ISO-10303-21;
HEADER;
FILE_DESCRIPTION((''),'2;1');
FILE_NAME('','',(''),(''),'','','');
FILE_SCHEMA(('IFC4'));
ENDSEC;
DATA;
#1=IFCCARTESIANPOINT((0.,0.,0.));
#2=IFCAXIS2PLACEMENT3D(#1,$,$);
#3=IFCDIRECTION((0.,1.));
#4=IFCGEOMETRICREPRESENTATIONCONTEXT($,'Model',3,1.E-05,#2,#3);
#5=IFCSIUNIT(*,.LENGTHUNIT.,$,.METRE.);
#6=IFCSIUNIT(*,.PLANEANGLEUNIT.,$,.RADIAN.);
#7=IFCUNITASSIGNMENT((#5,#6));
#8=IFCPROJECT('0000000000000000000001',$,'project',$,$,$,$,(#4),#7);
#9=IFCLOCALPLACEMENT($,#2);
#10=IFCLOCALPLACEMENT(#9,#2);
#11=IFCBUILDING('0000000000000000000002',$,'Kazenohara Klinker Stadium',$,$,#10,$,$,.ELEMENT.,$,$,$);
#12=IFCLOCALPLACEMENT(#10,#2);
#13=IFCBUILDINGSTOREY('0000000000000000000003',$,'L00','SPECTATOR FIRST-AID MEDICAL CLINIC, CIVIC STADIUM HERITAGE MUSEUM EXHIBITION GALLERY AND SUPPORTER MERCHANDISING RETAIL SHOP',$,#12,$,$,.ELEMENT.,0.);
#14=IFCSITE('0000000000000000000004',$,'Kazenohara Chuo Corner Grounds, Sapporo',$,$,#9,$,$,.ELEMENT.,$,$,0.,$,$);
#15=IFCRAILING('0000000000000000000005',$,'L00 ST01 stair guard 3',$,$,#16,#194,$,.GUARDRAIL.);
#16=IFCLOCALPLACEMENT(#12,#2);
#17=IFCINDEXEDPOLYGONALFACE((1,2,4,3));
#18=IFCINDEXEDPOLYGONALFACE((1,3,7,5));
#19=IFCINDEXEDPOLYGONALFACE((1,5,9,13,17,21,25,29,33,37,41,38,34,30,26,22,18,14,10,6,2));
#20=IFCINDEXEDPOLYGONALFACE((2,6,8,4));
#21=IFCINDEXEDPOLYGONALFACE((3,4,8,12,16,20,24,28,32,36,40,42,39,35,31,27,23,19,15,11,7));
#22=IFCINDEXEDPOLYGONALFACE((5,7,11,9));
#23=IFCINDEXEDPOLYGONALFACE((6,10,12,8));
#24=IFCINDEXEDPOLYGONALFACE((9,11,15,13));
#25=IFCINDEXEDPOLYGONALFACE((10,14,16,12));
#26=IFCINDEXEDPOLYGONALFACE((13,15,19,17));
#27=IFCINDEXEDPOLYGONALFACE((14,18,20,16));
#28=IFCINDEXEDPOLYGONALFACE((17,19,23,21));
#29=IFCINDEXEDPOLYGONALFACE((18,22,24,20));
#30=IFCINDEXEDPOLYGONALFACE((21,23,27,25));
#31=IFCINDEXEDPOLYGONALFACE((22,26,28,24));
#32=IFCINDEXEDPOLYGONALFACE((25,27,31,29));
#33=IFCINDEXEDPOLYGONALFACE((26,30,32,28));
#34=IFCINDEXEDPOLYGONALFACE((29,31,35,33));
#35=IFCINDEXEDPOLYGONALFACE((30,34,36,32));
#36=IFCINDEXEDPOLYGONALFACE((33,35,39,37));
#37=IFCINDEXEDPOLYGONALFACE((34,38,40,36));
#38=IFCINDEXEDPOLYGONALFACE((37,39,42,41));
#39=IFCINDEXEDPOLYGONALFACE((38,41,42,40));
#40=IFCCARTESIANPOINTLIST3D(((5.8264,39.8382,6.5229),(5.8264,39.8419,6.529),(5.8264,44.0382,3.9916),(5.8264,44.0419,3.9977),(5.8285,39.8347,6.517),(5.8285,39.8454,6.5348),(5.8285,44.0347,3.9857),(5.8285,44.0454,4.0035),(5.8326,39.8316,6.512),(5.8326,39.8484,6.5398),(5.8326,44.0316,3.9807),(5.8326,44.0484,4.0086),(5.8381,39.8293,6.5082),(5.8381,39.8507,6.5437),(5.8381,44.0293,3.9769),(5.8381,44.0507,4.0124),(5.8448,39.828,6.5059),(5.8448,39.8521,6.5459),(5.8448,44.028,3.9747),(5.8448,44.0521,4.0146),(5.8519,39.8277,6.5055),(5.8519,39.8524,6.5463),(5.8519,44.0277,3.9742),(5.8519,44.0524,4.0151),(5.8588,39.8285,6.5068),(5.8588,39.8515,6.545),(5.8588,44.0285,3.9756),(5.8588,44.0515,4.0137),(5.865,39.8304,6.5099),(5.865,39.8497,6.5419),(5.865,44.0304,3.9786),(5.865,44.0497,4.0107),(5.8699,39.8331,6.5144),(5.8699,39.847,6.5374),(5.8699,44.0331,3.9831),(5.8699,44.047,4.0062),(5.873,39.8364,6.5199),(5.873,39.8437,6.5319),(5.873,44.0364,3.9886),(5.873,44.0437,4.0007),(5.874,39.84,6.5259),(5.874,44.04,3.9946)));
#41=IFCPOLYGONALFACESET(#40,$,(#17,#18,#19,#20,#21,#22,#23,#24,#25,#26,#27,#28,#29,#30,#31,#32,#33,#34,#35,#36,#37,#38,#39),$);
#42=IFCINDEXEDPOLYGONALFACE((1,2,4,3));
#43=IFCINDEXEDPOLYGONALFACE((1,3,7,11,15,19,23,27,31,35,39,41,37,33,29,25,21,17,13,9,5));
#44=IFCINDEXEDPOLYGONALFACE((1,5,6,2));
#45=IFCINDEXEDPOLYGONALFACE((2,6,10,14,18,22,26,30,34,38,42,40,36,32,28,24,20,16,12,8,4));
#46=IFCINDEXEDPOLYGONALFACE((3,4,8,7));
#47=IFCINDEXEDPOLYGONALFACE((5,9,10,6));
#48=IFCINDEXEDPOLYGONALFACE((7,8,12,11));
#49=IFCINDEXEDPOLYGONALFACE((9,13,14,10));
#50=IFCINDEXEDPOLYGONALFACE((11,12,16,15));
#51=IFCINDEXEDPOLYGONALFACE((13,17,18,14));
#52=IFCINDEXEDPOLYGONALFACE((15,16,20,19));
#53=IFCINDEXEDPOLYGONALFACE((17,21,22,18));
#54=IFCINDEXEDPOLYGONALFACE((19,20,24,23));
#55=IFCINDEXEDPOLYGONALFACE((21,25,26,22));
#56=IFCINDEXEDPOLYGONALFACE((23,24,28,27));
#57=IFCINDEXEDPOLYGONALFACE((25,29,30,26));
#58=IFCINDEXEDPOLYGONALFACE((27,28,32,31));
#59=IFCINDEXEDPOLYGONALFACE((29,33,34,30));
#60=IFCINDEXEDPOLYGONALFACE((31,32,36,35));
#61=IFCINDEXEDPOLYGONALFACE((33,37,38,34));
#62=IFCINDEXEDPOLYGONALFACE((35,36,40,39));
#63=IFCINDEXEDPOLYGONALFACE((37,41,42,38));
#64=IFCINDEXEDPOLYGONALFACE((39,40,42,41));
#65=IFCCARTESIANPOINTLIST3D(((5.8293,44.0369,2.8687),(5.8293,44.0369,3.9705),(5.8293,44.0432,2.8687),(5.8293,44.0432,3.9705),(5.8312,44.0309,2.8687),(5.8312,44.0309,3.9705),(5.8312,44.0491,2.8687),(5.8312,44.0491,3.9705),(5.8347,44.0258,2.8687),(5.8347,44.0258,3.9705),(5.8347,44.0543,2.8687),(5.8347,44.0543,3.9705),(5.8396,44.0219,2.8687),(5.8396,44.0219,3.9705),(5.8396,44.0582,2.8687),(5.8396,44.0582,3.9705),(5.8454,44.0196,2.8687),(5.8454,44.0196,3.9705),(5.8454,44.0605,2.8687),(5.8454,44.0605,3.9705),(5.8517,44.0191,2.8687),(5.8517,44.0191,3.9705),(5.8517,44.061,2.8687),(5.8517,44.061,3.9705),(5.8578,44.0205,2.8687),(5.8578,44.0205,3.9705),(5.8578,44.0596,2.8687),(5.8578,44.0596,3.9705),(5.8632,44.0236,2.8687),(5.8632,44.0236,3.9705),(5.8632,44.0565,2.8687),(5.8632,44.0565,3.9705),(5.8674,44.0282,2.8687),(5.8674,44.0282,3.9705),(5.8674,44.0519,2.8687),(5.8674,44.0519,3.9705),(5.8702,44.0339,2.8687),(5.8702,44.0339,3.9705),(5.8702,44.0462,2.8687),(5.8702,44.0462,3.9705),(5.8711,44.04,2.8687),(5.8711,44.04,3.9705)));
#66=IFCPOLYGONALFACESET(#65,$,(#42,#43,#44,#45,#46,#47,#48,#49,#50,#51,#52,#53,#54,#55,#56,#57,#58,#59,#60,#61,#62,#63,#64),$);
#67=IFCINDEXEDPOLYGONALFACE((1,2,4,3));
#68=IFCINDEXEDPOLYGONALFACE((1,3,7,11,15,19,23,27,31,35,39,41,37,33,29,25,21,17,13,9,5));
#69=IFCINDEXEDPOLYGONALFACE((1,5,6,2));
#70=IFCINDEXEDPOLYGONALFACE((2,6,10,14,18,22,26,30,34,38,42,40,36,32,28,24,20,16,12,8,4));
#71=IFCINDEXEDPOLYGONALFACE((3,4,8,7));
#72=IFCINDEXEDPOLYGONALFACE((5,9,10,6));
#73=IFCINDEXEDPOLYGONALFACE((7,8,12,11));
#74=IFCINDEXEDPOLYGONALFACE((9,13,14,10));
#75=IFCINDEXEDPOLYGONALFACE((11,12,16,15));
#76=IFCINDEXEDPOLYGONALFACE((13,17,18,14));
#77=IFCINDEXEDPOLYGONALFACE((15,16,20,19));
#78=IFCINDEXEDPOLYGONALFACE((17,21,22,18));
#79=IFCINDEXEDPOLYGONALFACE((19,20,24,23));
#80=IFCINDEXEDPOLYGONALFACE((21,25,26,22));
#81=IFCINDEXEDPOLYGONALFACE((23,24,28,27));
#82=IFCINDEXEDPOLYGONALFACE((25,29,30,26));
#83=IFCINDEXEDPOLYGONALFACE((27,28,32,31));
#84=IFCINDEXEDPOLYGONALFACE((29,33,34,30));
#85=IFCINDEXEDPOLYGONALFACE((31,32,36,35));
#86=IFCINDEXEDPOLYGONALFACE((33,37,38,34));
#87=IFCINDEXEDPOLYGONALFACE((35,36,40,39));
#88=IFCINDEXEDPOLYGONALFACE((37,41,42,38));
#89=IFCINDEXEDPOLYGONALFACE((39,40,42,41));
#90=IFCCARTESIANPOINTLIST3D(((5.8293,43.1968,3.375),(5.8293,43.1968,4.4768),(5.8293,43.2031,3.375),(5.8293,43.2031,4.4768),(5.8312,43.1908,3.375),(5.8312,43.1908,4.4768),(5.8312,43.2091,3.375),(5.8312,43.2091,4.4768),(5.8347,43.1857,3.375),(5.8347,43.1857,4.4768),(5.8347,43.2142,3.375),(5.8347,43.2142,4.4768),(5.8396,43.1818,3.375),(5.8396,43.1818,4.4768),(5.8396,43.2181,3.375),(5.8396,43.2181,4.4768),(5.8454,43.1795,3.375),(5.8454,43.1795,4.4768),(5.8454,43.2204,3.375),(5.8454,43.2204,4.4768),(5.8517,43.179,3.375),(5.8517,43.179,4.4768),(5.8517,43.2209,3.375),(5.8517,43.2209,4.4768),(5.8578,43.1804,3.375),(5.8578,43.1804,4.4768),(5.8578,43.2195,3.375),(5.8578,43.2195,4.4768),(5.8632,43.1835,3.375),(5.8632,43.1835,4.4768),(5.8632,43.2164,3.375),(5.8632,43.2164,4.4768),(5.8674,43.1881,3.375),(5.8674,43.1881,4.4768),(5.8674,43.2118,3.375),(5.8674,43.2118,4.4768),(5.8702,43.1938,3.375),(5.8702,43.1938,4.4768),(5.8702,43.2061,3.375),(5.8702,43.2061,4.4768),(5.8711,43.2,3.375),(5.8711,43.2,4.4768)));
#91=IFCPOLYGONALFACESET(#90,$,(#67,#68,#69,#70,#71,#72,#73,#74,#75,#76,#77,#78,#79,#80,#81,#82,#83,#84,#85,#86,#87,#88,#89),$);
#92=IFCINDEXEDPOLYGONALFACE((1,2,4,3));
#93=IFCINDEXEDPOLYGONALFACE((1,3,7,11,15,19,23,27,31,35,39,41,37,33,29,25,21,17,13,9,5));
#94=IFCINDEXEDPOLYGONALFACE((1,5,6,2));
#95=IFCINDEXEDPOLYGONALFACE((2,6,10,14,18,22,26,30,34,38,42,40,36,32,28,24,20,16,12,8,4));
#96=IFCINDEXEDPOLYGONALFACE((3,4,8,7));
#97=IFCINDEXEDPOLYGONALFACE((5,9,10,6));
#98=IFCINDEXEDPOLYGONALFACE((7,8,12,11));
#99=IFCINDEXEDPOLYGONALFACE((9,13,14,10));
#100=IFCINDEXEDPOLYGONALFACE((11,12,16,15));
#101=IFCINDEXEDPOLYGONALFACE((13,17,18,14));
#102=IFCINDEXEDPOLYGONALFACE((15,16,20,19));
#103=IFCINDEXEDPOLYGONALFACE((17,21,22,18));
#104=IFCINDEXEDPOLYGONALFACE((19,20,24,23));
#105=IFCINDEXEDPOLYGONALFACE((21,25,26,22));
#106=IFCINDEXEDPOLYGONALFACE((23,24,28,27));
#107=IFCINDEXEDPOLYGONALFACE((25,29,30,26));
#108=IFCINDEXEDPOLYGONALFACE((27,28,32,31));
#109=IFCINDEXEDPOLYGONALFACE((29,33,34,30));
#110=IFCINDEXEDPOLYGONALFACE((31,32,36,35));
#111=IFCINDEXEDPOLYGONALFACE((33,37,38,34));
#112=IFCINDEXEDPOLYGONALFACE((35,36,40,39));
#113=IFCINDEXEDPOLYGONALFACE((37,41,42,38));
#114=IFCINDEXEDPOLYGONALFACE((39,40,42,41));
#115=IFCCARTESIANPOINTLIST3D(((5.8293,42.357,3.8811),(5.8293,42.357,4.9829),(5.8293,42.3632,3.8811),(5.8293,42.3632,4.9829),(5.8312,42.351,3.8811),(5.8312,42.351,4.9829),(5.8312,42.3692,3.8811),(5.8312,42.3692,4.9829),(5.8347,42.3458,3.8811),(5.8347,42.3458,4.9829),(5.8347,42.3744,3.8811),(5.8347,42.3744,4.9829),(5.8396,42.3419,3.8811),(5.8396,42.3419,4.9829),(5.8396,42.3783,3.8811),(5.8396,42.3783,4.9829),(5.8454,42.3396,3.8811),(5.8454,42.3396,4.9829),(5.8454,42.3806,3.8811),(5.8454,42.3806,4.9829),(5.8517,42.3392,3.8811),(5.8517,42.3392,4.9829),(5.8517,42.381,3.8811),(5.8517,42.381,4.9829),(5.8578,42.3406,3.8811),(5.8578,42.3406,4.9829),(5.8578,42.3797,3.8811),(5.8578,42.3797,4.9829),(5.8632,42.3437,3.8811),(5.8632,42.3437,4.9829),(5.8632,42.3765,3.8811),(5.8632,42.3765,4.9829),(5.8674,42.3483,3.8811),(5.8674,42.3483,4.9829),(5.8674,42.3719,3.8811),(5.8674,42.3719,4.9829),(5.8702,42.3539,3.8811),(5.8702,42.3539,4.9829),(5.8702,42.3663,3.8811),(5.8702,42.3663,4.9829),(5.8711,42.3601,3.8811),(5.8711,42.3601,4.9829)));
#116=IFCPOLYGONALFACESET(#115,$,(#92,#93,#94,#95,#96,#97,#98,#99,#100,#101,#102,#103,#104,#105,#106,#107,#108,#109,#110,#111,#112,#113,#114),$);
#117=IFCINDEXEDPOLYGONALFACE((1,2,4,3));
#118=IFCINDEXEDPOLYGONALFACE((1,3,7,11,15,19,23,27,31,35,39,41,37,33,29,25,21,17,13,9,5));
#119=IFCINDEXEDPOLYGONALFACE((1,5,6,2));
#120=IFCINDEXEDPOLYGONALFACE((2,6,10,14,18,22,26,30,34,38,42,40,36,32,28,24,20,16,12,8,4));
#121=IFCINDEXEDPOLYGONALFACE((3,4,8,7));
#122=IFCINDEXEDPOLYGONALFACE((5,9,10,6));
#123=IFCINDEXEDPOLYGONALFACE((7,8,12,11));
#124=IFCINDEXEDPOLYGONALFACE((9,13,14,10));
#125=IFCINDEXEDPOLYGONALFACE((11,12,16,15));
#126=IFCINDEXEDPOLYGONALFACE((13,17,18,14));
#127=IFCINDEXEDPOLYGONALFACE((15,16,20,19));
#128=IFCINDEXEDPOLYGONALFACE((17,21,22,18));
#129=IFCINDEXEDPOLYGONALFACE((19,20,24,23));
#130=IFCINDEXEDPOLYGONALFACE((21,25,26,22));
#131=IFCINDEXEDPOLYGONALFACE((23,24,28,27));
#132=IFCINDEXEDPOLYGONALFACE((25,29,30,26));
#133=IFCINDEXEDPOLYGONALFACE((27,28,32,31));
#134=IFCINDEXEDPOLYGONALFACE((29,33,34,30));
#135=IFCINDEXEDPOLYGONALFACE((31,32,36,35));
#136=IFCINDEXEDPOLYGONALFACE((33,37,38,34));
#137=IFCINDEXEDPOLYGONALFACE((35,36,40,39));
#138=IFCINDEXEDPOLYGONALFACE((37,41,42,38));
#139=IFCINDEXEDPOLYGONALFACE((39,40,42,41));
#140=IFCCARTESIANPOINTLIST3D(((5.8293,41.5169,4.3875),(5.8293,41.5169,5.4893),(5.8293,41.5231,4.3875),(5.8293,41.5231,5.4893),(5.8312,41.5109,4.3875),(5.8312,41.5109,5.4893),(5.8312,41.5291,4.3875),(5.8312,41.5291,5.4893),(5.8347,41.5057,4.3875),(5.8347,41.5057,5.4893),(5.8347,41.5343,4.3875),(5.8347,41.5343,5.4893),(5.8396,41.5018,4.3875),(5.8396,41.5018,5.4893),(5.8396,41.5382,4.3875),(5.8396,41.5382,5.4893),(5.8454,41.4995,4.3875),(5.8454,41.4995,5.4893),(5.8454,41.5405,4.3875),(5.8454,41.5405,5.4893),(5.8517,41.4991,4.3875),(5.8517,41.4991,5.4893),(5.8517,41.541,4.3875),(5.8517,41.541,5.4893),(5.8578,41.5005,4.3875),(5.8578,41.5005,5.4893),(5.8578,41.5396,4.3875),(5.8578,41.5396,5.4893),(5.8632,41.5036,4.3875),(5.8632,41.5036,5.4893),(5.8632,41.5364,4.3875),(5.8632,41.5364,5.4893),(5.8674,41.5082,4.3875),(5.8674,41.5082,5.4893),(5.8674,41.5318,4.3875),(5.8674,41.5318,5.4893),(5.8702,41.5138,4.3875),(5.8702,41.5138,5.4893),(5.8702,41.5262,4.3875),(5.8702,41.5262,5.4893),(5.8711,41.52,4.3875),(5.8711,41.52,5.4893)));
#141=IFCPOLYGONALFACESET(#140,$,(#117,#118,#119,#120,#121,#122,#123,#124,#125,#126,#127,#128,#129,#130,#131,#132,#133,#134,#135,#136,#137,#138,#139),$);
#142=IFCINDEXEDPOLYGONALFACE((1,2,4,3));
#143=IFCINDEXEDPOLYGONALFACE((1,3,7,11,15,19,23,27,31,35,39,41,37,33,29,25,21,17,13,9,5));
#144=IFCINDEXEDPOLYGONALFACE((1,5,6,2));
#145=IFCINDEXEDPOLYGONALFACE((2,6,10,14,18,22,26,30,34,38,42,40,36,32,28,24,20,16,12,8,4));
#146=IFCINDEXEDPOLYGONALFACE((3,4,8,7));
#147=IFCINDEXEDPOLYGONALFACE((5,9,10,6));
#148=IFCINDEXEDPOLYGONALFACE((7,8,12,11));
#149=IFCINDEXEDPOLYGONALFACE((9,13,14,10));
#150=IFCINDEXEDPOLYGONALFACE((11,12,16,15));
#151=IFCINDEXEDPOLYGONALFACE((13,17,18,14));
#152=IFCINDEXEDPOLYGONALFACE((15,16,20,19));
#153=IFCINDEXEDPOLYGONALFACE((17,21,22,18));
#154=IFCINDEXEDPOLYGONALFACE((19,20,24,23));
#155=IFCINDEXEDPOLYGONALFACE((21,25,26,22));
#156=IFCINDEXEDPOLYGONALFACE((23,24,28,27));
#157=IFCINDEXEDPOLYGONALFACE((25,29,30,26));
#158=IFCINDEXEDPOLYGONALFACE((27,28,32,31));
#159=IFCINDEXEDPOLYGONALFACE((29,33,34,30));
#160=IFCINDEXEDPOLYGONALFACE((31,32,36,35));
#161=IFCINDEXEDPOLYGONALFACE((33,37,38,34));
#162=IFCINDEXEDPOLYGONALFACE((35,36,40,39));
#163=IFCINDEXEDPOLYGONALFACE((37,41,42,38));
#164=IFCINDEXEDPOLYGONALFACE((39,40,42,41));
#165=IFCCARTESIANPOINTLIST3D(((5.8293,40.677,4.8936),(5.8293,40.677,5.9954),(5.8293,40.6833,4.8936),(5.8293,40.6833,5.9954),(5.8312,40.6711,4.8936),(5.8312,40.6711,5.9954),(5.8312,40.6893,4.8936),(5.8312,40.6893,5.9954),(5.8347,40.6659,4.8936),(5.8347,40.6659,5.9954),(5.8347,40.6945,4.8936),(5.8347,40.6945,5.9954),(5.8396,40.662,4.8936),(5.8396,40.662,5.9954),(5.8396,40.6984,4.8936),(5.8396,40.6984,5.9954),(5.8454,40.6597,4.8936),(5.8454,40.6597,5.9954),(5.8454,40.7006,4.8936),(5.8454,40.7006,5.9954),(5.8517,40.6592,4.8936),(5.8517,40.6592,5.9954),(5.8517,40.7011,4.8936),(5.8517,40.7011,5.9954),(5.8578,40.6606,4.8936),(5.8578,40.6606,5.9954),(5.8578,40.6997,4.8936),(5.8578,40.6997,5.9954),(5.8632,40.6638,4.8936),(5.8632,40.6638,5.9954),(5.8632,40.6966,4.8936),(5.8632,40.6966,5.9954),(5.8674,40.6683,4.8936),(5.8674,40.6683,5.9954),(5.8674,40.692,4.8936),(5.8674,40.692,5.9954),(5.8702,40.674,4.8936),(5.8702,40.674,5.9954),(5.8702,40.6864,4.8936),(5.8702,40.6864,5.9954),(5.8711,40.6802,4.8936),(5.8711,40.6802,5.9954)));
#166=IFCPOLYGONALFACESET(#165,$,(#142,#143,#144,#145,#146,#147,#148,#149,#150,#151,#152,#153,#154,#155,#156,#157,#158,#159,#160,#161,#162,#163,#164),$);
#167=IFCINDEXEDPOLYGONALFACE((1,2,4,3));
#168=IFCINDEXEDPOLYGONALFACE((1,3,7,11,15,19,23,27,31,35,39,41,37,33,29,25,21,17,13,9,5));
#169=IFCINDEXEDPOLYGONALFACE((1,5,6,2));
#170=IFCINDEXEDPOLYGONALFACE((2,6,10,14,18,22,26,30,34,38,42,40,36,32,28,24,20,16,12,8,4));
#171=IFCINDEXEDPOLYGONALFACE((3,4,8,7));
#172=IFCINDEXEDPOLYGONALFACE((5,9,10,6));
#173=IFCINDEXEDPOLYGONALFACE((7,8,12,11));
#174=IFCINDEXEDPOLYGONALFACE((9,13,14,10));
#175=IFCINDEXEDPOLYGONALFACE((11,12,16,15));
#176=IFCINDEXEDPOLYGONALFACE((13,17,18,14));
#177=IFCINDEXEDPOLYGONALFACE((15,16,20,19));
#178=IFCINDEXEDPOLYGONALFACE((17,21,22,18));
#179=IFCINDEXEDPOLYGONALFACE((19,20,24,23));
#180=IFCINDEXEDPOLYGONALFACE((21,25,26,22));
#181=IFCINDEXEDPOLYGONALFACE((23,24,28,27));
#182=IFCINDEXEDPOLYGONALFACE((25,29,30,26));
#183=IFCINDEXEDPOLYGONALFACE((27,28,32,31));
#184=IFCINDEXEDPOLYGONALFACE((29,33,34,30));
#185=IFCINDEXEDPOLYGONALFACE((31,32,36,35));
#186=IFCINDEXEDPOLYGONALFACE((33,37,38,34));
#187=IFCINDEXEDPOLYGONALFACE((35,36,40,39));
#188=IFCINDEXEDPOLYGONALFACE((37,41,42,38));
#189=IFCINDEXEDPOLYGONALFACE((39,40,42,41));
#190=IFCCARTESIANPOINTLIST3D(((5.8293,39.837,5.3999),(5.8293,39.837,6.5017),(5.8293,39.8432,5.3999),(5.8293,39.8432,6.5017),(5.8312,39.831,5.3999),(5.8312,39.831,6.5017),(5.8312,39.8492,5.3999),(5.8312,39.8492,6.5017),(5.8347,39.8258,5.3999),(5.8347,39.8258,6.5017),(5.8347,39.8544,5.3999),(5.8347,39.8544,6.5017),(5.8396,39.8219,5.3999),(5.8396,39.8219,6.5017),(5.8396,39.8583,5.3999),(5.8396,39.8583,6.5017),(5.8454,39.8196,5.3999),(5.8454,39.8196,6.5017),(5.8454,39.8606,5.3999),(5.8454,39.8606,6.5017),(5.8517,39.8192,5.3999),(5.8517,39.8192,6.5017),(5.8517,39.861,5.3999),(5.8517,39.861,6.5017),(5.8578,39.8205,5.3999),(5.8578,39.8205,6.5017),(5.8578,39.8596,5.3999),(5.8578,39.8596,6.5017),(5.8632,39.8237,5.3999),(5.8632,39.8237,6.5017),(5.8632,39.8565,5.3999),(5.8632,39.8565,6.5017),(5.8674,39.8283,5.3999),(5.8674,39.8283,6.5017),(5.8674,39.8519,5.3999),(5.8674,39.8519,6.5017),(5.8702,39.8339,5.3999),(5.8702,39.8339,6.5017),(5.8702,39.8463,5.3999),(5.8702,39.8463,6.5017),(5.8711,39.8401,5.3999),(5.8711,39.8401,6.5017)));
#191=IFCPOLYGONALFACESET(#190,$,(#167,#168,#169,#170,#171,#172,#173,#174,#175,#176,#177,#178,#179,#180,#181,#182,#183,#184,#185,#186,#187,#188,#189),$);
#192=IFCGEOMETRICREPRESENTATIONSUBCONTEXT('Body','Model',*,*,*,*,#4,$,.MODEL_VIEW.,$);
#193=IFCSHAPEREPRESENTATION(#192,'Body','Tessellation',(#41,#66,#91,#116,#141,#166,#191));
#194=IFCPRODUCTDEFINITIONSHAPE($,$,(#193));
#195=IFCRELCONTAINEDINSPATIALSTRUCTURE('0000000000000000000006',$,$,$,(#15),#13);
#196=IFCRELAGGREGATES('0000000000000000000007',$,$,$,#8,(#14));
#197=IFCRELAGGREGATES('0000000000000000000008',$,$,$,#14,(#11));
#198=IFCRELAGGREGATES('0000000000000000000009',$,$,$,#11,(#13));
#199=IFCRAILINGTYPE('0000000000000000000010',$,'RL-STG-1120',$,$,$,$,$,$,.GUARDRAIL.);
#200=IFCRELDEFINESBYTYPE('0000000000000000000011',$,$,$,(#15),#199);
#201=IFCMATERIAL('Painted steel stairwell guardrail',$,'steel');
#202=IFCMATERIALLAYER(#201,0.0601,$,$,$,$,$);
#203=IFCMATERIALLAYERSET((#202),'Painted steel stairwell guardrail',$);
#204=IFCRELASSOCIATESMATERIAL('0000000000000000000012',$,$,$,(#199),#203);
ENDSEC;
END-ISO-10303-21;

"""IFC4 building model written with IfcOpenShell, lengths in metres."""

from ifc_helpers import new_model, si_unit, direction, frame, origin, origin_2d, place, context, subcontext, project, spatial, circle, extrude, material, layer, layer_set, type_object, element, save


model = new_model("IFC4")

# Units and contexts
model_context = context("Model", 3, precision=1e-05, world=origin(), true_north=direction((0.0, 1.0)))
body_context = subcontext(model_context, "Body", "Model", "MODEL_VIEW")
ifc_project = project(units=[si_unit("LENGTHUNIT", "METRE"), si_unit("PLANEANGLEUNIT", "RADIAN")], contexts=[model_context])

# Site, building, storey
site_placement = place(None, origin())
site = spatial("IfcSite", under=ifc_project, at=site_placement, Name="Kazenohara Chuo Corner Grounds, Sapporo", CompositionType="ELEMENT", RefElevation=0.0)
building_placement = place(site_placement, origin())
building = spatial("IfcBuilding", under=site, at=building_placement, Name="Kazenohara Klinker Stadium", CompositionType="ELEMENT")
storey_placement = place(building_placement, origin())
storey = spatial("IfcBuildingStorey", under=building, at=storey_placement, Name="L00", Description="SPECTATOR FIRST-AID MEDICAL CLINIC, CIVIC STADIUM HERITAGE MUSEUM EXHIBITION GALLERY AND SUPPORTER MERCHANDISING RETAIL SHOP", CompositionType="ELEMENT", Elevation=0.0)

# Railing
ifc_material_1 = material(Name="Painted steel stairwell guardrail", Category="steel")
ifc_layer_1 = layer(ifc_material_1, 0.0601)
ifc_layer_set_1 = layer_set([ifc_layer_1], Name="Painted steel stairwell guardrail")
railing_type_1 = type_object("IfcRailingType", Name="RL-STG-1120", PredefinedType="GUARDRAIL", material=ifc_layer_set_1)
railing_1_placement = place(storey_placement, frame((5.8501, 44.04, 2.8687)))
element("IfcRailing", 1, at=railing_1_placement, inside=storey, type_object=railing_type_1, Name="L00 ST01 stair guard 3", PredefinedType="GUARDRAIL", context=body_context, shape_type="SweptSolid", body=[
    extrude(circle(Radius=0.0239, at=origin_2d()), frame((0.0, 0.0, 1.126), z_axis=(0.0, -0.856476, 0.516186), x_axis=(1.0, 0.0, 0.0)), (0.0, 0.0, 1.0), 4.9038),
    extrude(circle(Radius=0.021, at=origin_2d()), origin(), (0.0, 0.0, 1.0), 1.1018),
    extrude(circle(Radius=0.021, at=origin_2d()), frame((0.0, -0.8401, 0.5063)), (0.0, 0.0, 1.0), 1.1018),
    extrude(circle(Radius=0.021, at=origin_2d()), frame((0.0, -1.6799, 1.0125)), (0.0, 0.0, 1.0), 1.1018),
    extrude(circle(Radius=0.021, at=origin_2d()), frame((0.0, -2.52, 1.5188)), (0.0, 0.0, 1.0), 1.1018),
    extrude(circle(Radius=0.021, at=origin_2d()), frame((0.0, -3.3599, 2.0249)), (0.0, 0.0, 1.0), 1.1018),
    extrude(circle(Radius=0.021, at=origin_2d()), frame((0.0, -4.2, 2.5312)), (0.0, 0.0, 1.0), 1.1018),
])

save(model, "model.ifc")
